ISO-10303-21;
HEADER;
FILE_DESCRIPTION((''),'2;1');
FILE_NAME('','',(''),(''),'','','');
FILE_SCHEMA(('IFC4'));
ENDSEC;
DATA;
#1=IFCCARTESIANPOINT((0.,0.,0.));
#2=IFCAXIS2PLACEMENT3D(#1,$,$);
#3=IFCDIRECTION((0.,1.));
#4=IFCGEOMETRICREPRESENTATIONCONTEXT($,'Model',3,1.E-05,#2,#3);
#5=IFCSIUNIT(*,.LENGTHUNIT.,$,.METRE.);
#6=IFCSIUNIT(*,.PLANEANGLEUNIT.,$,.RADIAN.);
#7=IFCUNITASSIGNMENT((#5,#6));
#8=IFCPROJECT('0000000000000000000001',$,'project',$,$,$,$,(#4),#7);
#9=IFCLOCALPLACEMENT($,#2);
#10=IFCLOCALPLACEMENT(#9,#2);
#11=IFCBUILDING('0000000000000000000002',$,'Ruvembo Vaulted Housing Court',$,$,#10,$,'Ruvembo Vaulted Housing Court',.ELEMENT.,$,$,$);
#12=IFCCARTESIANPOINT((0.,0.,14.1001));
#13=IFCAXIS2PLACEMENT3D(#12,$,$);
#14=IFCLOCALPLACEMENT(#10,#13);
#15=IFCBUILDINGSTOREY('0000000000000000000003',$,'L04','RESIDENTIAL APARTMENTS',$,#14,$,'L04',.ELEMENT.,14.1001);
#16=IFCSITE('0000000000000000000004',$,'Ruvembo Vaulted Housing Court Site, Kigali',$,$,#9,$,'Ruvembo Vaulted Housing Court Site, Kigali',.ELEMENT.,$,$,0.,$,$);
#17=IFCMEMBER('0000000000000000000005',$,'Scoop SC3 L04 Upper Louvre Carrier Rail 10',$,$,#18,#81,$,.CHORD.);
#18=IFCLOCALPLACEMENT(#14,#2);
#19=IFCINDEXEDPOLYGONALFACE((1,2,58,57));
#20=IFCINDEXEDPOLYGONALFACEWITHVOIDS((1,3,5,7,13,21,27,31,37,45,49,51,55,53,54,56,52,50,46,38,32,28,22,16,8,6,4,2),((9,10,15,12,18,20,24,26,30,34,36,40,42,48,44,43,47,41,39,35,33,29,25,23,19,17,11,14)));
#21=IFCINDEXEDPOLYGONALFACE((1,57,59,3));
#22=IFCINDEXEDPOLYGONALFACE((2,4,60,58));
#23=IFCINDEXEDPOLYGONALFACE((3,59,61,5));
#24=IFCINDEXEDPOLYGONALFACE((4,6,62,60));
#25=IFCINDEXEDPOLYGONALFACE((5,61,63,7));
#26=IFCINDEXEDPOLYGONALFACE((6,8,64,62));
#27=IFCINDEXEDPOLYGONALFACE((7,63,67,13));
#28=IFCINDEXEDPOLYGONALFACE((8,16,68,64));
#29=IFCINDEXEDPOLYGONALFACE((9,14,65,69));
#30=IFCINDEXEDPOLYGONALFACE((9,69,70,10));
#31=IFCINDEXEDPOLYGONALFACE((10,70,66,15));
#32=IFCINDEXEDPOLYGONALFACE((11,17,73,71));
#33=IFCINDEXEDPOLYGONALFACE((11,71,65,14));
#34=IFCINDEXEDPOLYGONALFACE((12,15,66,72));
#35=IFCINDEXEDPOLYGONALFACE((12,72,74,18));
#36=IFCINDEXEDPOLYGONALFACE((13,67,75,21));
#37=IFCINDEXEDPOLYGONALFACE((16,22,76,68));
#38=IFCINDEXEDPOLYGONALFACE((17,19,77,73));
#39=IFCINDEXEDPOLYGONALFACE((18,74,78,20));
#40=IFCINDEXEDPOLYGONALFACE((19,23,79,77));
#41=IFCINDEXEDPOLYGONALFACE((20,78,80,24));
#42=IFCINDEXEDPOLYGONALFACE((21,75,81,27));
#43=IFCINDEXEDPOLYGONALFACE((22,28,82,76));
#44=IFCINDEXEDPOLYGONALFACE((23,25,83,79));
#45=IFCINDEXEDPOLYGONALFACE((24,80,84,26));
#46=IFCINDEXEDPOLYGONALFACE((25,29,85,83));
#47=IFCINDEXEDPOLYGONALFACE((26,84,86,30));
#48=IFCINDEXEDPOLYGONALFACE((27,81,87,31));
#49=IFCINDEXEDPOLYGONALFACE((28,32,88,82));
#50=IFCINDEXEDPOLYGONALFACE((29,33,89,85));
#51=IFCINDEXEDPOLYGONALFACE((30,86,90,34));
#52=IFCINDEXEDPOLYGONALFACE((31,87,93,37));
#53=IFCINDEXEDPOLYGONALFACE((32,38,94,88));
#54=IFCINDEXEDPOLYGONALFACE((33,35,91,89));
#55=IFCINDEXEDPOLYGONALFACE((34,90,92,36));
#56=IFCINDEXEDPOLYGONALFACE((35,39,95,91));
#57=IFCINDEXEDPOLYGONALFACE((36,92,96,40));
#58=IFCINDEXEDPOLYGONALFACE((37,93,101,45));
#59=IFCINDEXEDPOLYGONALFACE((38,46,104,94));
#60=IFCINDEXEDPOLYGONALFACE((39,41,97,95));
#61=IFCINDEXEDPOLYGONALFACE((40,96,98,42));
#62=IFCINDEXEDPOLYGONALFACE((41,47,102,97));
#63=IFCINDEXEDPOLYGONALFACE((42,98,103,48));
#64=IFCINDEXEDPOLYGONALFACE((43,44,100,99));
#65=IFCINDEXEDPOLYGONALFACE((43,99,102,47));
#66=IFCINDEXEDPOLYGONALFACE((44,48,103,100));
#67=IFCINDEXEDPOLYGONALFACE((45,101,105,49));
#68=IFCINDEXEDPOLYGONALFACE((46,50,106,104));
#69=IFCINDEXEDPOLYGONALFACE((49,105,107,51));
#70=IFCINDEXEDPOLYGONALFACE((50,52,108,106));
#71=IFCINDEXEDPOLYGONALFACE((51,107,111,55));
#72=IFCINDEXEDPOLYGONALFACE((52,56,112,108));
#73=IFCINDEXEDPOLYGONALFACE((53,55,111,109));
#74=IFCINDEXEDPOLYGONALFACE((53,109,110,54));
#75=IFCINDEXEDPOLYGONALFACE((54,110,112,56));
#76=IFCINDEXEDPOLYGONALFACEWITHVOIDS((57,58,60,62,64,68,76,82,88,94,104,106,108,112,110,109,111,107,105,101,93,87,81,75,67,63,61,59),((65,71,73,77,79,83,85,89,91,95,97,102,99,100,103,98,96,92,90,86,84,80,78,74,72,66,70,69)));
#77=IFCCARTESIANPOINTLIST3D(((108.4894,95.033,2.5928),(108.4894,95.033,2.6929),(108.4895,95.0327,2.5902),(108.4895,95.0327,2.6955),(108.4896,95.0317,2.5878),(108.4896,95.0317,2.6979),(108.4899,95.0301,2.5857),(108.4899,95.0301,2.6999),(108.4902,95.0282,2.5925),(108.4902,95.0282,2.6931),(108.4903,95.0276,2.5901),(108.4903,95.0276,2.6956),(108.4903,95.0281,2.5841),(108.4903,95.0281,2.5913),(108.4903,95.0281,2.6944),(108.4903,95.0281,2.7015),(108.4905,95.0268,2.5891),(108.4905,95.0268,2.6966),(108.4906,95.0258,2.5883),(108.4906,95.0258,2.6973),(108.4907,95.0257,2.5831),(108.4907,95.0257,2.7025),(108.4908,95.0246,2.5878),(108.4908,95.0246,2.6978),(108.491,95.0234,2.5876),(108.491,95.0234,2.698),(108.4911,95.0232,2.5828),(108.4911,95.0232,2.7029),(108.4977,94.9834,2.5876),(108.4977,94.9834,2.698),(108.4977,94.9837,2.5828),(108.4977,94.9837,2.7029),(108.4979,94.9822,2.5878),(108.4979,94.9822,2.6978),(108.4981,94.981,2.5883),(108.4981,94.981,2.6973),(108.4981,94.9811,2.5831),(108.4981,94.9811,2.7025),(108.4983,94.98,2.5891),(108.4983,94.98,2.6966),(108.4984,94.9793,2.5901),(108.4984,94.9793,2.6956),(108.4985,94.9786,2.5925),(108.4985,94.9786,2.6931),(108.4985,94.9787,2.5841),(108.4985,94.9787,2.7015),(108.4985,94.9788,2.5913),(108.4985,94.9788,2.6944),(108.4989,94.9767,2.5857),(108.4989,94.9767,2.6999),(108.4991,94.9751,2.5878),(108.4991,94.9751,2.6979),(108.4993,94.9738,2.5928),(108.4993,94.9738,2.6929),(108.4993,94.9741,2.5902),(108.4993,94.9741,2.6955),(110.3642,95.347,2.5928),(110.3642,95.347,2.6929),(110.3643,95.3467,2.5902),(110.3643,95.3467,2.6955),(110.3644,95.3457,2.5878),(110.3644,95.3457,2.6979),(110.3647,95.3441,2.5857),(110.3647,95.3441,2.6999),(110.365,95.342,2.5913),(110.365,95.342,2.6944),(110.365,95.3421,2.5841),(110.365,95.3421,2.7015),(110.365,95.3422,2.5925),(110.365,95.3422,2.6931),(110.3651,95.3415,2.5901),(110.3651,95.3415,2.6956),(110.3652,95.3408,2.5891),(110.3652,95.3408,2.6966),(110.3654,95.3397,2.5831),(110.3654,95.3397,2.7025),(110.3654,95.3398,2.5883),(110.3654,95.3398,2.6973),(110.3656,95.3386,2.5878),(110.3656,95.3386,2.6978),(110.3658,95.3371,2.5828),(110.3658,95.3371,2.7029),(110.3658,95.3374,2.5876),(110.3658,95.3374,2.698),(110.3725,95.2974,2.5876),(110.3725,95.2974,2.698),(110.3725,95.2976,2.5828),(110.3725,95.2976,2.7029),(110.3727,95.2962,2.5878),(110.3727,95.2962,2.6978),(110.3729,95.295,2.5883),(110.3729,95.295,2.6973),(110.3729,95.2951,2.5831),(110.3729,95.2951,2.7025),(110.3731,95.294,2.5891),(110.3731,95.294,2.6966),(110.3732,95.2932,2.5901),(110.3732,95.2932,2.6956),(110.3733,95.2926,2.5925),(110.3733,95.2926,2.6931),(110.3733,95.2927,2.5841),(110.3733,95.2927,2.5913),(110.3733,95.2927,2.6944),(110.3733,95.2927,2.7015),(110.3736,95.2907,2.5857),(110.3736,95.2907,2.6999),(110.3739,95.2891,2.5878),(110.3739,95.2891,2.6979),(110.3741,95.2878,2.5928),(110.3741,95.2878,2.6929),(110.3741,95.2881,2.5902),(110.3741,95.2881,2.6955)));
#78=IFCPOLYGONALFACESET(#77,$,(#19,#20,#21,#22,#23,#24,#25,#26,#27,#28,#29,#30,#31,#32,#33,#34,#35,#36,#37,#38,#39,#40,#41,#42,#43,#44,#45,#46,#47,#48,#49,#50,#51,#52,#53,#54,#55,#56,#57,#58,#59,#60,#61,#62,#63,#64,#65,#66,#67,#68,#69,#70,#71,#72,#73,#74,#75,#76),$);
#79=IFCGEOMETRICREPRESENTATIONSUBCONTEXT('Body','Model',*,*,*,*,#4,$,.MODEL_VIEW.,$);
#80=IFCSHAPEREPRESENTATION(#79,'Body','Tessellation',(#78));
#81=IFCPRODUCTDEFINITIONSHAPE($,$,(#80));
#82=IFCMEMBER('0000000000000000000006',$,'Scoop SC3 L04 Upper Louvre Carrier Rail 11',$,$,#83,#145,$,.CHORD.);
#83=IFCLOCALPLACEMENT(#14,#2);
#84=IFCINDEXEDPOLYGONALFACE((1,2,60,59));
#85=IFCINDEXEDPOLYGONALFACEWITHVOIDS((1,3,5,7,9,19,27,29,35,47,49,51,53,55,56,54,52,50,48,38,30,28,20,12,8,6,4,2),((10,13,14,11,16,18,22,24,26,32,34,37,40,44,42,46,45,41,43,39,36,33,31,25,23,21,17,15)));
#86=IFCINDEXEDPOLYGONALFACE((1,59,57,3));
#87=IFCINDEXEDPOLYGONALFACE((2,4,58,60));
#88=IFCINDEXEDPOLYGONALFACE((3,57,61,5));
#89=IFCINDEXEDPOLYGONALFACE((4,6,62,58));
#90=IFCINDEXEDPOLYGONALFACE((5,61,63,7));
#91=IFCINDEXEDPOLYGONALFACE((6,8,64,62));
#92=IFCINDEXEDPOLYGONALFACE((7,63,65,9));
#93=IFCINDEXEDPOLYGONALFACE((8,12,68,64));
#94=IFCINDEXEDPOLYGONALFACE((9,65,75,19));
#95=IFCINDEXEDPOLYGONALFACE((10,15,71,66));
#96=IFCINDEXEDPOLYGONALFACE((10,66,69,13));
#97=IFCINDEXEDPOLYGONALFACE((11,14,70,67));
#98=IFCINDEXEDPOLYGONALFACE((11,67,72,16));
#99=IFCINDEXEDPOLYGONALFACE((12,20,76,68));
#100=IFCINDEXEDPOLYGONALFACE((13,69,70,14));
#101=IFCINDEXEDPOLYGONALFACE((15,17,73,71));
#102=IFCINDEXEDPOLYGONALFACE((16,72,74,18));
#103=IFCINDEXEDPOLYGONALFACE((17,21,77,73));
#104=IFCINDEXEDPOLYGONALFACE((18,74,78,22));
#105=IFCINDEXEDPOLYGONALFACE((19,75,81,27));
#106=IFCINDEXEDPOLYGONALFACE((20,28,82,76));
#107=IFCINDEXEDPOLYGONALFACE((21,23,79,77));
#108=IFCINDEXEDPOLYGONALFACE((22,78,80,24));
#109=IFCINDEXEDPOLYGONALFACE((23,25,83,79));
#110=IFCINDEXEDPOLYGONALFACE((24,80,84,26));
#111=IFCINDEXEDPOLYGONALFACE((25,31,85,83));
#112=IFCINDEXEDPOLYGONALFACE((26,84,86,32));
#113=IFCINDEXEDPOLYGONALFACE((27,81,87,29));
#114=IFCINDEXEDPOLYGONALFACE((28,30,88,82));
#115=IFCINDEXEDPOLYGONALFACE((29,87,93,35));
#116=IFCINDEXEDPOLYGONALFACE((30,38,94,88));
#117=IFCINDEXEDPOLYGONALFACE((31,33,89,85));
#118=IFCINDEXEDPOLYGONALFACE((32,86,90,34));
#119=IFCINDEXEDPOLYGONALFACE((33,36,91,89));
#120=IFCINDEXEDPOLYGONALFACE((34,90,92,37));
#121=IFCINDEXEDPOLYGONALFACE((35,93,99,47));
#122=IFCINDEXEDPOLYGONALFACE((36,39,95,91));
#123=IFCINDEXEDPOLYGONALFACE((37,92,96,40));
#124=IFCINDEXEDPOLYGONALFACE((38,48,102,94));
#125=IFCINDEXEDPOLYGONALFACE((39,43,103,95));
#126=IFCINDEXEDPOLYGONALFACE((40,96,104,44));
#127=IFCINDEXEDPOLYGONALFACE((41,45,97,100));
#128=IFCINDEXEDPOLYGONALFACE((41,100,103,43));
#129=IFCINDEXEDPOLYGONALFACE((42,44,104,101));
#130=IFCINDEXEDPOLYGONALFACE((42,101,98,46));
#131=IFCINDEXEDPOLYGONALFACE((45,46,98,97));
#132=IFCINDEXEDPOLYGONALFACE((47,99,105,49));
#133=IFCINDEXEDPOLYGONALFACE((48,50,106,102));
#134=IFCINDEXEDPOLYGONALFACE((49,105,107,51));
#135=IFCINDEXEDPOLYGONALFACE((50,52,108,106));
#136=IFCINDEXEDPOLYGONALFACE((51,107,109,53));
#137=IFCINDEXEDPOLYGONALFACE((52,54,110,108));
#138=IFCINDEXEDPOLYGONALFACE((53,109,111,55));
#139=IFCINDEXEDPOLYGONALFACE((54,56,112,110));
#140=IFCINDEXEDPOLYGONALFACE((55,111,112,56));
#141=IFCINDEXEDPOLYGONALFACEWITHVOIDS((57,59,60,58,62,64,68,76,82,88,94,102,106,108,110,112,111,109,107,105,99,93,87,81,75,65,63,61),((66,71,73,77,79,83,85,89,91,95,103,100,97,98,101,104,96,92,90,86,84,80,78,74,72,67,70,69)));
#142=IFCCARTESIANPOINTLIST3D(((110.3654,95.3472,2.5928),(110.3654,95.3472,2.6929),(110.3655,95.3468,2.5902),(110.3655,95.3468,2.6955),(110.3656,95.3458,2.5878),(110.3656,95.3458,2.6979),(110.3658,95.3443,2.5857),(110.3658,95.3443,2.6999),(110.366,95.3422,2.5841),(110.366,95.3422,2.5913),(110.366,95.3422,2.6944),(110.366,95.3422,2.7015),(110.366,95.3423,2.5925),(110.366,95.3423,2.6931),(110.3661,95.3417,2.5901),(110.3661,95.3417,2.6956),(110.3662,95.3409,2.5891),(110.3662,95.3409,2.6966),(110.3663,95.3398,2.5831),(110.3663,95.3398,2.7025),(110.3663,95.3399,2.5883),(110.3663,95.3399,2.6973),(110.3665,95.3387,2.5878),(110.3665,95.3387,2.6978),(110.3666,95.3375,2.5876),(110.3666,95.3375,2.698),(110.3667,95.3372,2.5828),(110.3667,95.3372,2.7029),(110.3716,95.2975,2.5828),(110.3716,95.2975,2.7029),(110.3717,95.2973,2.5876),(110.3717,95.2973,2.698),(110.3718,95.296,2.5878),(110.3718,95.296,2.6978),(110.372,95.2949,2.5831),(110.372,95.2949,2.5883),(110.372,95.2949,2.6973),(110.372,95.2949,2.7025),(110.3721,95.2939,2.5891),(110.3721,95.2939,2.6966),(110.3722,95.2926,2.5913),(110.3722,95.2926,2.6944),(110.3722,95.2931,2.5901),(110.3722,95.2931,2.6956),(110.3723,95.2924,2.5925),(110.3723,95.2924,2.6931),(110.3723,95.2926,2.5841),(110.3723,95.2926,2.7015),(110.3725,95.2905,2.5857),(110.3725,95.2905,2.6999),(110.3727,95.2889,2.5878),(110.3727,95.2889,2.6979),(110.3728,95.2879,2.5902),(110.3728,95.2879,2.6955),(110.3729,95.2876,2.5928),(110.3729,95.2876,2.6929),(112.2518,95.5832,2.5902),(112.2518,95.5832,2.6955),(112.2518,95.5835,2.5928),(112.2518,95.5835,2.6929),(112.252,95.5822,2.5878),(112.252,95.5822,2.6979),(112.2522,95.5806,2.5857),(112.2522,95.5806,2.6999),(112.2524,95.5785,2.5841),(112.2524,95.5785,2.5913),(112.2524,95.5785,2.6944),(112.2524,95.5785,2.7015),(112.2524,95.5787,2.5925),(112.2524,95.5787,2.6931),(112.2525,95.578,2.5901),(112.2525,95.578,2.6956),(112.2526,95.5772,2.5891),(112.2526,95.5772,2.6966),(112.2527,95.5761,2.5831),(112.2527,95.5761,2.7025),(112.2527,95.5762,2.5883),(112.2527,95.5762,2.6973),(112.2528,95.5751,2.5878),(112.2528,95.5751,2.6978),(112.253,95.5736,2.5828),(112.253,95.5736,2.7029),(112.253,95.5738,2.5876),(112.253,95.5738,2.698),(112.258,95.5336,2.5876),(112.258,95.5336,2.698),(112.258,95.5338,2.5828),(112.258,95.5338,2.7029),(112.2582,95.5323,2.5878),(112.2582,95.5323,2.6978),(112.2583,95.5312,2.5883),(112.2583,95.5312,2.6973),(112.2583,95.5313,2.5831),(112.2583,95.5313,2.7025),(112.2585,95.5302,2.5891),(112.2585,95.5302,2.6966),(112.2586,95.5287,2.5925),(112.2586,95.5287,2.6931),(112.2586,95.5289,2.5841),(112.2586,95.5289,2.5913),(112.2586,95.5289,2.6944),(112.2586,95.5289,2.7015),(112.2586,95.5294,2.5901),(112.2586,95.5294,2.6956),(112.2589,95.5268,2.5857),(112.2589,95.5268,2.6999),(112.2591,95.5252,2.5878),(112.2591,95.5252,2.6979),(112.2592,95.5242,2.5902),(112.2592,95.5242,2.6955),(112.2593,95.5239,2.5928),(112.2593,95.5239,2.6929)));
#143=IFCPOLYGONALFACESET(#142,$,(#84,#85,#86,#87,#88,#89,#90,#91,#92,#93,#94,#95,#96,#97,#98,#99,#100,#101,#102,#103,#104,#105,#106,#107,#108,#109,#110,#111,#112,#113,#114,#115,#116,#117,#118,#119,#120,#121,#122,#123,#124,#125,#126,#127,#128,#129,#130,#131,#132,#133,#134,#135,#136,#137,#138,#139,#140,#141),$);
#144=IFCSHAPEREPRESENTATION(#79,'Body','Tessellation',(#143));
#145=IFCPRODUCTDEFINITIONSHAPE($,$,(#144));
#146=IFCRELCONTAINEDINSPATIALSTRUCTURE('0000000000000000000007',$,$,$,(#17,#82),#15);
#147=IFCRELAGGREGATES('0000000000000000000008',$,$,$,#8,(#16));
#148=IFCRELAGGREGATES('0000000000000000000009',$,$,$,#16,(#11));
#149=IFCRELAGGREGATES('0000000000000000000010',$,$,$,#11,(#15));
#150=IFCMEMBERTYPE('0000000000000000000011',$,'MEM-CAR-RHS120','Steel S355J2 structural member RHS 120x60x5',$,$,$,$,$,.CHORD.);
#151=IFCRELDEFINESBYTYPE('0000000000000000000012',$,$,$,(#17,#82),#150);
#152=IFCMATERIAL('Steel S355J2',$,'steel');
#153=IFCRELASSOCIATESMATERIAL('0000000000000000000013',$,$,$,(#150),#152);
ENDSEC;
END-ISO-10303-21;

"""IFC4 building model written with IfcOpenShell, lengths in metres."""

from ifc_helpers import new_model, si_unit, direction, frame, origin, origin_2d, place, context, subcontext, project, spatial, hollow_rectangle, extrude, material, material_profile, profile_set, type_object, element, save


model = new_model("IFC4")

# Units and contexts
model_context = context("Model", 3, precision=1e-05, world=origin(), true_north=direction((0.0, 1.0)))
body_context = subcontext(model_context, "Body", "Model", "MODEL_VIEW")
ifc_project = project(units=[si_unit("LENGTHUNIT", "METRE"), si_unit("PLANEANGLEUNIT", "RADIAN")], contexts=[model_context])

# Site, building, storey
site_placement = place(None, origin())
site = spatial("IfcSite", under=ifc_project, at=site_placement, Name="Ruvembo Vaulted Housing Court Site, Kigali", LongName="Ruvembo Vaulted Housing Court Site, Kigali", CompositionType="ELEMENT", RefElevation=0.0)
building_placement = place(site_placement, origin())
building = spatial("IfcBuilding", under=site, at=building_placement, Name="Ruvembo Vaulted Housing Court", LongName="Ruvembo Vaulted Housing Court", CompositionType="ELEMENT")
storey_placement = place(building_placement, frame((0.0, 0.0, 14.1001)))
storey = spatial("IfcBuildingStorey", under=building, at=storey_placement, Name="L04", Description="RESIDENTIAL APARTMENTS", LongName="L04", CompositionType="ELEMENT", Elevation=14.1001)

# Shared definitions
ifc_material_1 = material(Name="Steel S355J2", Category="steel")

# Members
ifc_material_profile_1 = material_profile(ifc_material_1, hollow_rectangle(XDim=0.0601, YDim=0.1201, WallThickness=0.0049, InnerFilletRadius=0.0049, OuterFilletRadius=0.01, at=origin_2d()), Name="RHS 120x60x5")
ifc_profile_set_1 = profile_set([ifc_material_profile_1], Name="Steel S355J2")
member_type_1 = type_object("IfcMemberType", Name="MEM-CAR-RHS120", Description="Steel S355J2 structural member RHS 120x60x5", PredefinedType="CHORD", material=ifc_profile_set_1)
member_1_placement = place(storey_placement, frame((108.4944, 95.0034, 2.6428), z_axis=(0.986265, 0.16517, 0.0), x_axis=(-0.16517, 0.986265, 0.0)))
element("IfcMember", 1, at=member_1_placement, inside=storey, type_object=member_type_1, Name="Scoop SC3 L04 Upper Louvre Carrier Rail 10", PredefinedType="CHORD", context=body_context, shape_type="SweptSolid", body=[
    extrude(hollow_rectangle(XDim=0.0601, YDim=0.1201, WallThickness=0.0049, InnerFilletRadius=0.0049, OuterFilletRadius=0.01, at=origin_2d()), origin(), (0.0, 0.0, 1.0), 1.9009),
])
member_2_placement = place(storey_placement, frame((110.3691, 95.3174, 2.6428), z_axis=(0.992244, 0.124303, 0.0), x_axis=(-0.124303, 0.992244, 0.0)))
element("IfcMember", 2, at=member_2_placement, inside=storey, type_object=member_type_1, Name="Scoop SC3 L04 Upper Louvre Carrier Rail 11", PredefinedType="CHORD", context=body_context, shape_type="SweptSolid", body=[
    extrude(hollow_rectangle(XDim=0.0601, YDim=0.1201, WallThickness=0.0049, InnerFilletRadius=0.0049, OuterFilletRadius=0.01, at=origin_2d()), origin(), (0.0, 0.0, 1.0), 1.9011),
])

save(model, "model.ifc")
